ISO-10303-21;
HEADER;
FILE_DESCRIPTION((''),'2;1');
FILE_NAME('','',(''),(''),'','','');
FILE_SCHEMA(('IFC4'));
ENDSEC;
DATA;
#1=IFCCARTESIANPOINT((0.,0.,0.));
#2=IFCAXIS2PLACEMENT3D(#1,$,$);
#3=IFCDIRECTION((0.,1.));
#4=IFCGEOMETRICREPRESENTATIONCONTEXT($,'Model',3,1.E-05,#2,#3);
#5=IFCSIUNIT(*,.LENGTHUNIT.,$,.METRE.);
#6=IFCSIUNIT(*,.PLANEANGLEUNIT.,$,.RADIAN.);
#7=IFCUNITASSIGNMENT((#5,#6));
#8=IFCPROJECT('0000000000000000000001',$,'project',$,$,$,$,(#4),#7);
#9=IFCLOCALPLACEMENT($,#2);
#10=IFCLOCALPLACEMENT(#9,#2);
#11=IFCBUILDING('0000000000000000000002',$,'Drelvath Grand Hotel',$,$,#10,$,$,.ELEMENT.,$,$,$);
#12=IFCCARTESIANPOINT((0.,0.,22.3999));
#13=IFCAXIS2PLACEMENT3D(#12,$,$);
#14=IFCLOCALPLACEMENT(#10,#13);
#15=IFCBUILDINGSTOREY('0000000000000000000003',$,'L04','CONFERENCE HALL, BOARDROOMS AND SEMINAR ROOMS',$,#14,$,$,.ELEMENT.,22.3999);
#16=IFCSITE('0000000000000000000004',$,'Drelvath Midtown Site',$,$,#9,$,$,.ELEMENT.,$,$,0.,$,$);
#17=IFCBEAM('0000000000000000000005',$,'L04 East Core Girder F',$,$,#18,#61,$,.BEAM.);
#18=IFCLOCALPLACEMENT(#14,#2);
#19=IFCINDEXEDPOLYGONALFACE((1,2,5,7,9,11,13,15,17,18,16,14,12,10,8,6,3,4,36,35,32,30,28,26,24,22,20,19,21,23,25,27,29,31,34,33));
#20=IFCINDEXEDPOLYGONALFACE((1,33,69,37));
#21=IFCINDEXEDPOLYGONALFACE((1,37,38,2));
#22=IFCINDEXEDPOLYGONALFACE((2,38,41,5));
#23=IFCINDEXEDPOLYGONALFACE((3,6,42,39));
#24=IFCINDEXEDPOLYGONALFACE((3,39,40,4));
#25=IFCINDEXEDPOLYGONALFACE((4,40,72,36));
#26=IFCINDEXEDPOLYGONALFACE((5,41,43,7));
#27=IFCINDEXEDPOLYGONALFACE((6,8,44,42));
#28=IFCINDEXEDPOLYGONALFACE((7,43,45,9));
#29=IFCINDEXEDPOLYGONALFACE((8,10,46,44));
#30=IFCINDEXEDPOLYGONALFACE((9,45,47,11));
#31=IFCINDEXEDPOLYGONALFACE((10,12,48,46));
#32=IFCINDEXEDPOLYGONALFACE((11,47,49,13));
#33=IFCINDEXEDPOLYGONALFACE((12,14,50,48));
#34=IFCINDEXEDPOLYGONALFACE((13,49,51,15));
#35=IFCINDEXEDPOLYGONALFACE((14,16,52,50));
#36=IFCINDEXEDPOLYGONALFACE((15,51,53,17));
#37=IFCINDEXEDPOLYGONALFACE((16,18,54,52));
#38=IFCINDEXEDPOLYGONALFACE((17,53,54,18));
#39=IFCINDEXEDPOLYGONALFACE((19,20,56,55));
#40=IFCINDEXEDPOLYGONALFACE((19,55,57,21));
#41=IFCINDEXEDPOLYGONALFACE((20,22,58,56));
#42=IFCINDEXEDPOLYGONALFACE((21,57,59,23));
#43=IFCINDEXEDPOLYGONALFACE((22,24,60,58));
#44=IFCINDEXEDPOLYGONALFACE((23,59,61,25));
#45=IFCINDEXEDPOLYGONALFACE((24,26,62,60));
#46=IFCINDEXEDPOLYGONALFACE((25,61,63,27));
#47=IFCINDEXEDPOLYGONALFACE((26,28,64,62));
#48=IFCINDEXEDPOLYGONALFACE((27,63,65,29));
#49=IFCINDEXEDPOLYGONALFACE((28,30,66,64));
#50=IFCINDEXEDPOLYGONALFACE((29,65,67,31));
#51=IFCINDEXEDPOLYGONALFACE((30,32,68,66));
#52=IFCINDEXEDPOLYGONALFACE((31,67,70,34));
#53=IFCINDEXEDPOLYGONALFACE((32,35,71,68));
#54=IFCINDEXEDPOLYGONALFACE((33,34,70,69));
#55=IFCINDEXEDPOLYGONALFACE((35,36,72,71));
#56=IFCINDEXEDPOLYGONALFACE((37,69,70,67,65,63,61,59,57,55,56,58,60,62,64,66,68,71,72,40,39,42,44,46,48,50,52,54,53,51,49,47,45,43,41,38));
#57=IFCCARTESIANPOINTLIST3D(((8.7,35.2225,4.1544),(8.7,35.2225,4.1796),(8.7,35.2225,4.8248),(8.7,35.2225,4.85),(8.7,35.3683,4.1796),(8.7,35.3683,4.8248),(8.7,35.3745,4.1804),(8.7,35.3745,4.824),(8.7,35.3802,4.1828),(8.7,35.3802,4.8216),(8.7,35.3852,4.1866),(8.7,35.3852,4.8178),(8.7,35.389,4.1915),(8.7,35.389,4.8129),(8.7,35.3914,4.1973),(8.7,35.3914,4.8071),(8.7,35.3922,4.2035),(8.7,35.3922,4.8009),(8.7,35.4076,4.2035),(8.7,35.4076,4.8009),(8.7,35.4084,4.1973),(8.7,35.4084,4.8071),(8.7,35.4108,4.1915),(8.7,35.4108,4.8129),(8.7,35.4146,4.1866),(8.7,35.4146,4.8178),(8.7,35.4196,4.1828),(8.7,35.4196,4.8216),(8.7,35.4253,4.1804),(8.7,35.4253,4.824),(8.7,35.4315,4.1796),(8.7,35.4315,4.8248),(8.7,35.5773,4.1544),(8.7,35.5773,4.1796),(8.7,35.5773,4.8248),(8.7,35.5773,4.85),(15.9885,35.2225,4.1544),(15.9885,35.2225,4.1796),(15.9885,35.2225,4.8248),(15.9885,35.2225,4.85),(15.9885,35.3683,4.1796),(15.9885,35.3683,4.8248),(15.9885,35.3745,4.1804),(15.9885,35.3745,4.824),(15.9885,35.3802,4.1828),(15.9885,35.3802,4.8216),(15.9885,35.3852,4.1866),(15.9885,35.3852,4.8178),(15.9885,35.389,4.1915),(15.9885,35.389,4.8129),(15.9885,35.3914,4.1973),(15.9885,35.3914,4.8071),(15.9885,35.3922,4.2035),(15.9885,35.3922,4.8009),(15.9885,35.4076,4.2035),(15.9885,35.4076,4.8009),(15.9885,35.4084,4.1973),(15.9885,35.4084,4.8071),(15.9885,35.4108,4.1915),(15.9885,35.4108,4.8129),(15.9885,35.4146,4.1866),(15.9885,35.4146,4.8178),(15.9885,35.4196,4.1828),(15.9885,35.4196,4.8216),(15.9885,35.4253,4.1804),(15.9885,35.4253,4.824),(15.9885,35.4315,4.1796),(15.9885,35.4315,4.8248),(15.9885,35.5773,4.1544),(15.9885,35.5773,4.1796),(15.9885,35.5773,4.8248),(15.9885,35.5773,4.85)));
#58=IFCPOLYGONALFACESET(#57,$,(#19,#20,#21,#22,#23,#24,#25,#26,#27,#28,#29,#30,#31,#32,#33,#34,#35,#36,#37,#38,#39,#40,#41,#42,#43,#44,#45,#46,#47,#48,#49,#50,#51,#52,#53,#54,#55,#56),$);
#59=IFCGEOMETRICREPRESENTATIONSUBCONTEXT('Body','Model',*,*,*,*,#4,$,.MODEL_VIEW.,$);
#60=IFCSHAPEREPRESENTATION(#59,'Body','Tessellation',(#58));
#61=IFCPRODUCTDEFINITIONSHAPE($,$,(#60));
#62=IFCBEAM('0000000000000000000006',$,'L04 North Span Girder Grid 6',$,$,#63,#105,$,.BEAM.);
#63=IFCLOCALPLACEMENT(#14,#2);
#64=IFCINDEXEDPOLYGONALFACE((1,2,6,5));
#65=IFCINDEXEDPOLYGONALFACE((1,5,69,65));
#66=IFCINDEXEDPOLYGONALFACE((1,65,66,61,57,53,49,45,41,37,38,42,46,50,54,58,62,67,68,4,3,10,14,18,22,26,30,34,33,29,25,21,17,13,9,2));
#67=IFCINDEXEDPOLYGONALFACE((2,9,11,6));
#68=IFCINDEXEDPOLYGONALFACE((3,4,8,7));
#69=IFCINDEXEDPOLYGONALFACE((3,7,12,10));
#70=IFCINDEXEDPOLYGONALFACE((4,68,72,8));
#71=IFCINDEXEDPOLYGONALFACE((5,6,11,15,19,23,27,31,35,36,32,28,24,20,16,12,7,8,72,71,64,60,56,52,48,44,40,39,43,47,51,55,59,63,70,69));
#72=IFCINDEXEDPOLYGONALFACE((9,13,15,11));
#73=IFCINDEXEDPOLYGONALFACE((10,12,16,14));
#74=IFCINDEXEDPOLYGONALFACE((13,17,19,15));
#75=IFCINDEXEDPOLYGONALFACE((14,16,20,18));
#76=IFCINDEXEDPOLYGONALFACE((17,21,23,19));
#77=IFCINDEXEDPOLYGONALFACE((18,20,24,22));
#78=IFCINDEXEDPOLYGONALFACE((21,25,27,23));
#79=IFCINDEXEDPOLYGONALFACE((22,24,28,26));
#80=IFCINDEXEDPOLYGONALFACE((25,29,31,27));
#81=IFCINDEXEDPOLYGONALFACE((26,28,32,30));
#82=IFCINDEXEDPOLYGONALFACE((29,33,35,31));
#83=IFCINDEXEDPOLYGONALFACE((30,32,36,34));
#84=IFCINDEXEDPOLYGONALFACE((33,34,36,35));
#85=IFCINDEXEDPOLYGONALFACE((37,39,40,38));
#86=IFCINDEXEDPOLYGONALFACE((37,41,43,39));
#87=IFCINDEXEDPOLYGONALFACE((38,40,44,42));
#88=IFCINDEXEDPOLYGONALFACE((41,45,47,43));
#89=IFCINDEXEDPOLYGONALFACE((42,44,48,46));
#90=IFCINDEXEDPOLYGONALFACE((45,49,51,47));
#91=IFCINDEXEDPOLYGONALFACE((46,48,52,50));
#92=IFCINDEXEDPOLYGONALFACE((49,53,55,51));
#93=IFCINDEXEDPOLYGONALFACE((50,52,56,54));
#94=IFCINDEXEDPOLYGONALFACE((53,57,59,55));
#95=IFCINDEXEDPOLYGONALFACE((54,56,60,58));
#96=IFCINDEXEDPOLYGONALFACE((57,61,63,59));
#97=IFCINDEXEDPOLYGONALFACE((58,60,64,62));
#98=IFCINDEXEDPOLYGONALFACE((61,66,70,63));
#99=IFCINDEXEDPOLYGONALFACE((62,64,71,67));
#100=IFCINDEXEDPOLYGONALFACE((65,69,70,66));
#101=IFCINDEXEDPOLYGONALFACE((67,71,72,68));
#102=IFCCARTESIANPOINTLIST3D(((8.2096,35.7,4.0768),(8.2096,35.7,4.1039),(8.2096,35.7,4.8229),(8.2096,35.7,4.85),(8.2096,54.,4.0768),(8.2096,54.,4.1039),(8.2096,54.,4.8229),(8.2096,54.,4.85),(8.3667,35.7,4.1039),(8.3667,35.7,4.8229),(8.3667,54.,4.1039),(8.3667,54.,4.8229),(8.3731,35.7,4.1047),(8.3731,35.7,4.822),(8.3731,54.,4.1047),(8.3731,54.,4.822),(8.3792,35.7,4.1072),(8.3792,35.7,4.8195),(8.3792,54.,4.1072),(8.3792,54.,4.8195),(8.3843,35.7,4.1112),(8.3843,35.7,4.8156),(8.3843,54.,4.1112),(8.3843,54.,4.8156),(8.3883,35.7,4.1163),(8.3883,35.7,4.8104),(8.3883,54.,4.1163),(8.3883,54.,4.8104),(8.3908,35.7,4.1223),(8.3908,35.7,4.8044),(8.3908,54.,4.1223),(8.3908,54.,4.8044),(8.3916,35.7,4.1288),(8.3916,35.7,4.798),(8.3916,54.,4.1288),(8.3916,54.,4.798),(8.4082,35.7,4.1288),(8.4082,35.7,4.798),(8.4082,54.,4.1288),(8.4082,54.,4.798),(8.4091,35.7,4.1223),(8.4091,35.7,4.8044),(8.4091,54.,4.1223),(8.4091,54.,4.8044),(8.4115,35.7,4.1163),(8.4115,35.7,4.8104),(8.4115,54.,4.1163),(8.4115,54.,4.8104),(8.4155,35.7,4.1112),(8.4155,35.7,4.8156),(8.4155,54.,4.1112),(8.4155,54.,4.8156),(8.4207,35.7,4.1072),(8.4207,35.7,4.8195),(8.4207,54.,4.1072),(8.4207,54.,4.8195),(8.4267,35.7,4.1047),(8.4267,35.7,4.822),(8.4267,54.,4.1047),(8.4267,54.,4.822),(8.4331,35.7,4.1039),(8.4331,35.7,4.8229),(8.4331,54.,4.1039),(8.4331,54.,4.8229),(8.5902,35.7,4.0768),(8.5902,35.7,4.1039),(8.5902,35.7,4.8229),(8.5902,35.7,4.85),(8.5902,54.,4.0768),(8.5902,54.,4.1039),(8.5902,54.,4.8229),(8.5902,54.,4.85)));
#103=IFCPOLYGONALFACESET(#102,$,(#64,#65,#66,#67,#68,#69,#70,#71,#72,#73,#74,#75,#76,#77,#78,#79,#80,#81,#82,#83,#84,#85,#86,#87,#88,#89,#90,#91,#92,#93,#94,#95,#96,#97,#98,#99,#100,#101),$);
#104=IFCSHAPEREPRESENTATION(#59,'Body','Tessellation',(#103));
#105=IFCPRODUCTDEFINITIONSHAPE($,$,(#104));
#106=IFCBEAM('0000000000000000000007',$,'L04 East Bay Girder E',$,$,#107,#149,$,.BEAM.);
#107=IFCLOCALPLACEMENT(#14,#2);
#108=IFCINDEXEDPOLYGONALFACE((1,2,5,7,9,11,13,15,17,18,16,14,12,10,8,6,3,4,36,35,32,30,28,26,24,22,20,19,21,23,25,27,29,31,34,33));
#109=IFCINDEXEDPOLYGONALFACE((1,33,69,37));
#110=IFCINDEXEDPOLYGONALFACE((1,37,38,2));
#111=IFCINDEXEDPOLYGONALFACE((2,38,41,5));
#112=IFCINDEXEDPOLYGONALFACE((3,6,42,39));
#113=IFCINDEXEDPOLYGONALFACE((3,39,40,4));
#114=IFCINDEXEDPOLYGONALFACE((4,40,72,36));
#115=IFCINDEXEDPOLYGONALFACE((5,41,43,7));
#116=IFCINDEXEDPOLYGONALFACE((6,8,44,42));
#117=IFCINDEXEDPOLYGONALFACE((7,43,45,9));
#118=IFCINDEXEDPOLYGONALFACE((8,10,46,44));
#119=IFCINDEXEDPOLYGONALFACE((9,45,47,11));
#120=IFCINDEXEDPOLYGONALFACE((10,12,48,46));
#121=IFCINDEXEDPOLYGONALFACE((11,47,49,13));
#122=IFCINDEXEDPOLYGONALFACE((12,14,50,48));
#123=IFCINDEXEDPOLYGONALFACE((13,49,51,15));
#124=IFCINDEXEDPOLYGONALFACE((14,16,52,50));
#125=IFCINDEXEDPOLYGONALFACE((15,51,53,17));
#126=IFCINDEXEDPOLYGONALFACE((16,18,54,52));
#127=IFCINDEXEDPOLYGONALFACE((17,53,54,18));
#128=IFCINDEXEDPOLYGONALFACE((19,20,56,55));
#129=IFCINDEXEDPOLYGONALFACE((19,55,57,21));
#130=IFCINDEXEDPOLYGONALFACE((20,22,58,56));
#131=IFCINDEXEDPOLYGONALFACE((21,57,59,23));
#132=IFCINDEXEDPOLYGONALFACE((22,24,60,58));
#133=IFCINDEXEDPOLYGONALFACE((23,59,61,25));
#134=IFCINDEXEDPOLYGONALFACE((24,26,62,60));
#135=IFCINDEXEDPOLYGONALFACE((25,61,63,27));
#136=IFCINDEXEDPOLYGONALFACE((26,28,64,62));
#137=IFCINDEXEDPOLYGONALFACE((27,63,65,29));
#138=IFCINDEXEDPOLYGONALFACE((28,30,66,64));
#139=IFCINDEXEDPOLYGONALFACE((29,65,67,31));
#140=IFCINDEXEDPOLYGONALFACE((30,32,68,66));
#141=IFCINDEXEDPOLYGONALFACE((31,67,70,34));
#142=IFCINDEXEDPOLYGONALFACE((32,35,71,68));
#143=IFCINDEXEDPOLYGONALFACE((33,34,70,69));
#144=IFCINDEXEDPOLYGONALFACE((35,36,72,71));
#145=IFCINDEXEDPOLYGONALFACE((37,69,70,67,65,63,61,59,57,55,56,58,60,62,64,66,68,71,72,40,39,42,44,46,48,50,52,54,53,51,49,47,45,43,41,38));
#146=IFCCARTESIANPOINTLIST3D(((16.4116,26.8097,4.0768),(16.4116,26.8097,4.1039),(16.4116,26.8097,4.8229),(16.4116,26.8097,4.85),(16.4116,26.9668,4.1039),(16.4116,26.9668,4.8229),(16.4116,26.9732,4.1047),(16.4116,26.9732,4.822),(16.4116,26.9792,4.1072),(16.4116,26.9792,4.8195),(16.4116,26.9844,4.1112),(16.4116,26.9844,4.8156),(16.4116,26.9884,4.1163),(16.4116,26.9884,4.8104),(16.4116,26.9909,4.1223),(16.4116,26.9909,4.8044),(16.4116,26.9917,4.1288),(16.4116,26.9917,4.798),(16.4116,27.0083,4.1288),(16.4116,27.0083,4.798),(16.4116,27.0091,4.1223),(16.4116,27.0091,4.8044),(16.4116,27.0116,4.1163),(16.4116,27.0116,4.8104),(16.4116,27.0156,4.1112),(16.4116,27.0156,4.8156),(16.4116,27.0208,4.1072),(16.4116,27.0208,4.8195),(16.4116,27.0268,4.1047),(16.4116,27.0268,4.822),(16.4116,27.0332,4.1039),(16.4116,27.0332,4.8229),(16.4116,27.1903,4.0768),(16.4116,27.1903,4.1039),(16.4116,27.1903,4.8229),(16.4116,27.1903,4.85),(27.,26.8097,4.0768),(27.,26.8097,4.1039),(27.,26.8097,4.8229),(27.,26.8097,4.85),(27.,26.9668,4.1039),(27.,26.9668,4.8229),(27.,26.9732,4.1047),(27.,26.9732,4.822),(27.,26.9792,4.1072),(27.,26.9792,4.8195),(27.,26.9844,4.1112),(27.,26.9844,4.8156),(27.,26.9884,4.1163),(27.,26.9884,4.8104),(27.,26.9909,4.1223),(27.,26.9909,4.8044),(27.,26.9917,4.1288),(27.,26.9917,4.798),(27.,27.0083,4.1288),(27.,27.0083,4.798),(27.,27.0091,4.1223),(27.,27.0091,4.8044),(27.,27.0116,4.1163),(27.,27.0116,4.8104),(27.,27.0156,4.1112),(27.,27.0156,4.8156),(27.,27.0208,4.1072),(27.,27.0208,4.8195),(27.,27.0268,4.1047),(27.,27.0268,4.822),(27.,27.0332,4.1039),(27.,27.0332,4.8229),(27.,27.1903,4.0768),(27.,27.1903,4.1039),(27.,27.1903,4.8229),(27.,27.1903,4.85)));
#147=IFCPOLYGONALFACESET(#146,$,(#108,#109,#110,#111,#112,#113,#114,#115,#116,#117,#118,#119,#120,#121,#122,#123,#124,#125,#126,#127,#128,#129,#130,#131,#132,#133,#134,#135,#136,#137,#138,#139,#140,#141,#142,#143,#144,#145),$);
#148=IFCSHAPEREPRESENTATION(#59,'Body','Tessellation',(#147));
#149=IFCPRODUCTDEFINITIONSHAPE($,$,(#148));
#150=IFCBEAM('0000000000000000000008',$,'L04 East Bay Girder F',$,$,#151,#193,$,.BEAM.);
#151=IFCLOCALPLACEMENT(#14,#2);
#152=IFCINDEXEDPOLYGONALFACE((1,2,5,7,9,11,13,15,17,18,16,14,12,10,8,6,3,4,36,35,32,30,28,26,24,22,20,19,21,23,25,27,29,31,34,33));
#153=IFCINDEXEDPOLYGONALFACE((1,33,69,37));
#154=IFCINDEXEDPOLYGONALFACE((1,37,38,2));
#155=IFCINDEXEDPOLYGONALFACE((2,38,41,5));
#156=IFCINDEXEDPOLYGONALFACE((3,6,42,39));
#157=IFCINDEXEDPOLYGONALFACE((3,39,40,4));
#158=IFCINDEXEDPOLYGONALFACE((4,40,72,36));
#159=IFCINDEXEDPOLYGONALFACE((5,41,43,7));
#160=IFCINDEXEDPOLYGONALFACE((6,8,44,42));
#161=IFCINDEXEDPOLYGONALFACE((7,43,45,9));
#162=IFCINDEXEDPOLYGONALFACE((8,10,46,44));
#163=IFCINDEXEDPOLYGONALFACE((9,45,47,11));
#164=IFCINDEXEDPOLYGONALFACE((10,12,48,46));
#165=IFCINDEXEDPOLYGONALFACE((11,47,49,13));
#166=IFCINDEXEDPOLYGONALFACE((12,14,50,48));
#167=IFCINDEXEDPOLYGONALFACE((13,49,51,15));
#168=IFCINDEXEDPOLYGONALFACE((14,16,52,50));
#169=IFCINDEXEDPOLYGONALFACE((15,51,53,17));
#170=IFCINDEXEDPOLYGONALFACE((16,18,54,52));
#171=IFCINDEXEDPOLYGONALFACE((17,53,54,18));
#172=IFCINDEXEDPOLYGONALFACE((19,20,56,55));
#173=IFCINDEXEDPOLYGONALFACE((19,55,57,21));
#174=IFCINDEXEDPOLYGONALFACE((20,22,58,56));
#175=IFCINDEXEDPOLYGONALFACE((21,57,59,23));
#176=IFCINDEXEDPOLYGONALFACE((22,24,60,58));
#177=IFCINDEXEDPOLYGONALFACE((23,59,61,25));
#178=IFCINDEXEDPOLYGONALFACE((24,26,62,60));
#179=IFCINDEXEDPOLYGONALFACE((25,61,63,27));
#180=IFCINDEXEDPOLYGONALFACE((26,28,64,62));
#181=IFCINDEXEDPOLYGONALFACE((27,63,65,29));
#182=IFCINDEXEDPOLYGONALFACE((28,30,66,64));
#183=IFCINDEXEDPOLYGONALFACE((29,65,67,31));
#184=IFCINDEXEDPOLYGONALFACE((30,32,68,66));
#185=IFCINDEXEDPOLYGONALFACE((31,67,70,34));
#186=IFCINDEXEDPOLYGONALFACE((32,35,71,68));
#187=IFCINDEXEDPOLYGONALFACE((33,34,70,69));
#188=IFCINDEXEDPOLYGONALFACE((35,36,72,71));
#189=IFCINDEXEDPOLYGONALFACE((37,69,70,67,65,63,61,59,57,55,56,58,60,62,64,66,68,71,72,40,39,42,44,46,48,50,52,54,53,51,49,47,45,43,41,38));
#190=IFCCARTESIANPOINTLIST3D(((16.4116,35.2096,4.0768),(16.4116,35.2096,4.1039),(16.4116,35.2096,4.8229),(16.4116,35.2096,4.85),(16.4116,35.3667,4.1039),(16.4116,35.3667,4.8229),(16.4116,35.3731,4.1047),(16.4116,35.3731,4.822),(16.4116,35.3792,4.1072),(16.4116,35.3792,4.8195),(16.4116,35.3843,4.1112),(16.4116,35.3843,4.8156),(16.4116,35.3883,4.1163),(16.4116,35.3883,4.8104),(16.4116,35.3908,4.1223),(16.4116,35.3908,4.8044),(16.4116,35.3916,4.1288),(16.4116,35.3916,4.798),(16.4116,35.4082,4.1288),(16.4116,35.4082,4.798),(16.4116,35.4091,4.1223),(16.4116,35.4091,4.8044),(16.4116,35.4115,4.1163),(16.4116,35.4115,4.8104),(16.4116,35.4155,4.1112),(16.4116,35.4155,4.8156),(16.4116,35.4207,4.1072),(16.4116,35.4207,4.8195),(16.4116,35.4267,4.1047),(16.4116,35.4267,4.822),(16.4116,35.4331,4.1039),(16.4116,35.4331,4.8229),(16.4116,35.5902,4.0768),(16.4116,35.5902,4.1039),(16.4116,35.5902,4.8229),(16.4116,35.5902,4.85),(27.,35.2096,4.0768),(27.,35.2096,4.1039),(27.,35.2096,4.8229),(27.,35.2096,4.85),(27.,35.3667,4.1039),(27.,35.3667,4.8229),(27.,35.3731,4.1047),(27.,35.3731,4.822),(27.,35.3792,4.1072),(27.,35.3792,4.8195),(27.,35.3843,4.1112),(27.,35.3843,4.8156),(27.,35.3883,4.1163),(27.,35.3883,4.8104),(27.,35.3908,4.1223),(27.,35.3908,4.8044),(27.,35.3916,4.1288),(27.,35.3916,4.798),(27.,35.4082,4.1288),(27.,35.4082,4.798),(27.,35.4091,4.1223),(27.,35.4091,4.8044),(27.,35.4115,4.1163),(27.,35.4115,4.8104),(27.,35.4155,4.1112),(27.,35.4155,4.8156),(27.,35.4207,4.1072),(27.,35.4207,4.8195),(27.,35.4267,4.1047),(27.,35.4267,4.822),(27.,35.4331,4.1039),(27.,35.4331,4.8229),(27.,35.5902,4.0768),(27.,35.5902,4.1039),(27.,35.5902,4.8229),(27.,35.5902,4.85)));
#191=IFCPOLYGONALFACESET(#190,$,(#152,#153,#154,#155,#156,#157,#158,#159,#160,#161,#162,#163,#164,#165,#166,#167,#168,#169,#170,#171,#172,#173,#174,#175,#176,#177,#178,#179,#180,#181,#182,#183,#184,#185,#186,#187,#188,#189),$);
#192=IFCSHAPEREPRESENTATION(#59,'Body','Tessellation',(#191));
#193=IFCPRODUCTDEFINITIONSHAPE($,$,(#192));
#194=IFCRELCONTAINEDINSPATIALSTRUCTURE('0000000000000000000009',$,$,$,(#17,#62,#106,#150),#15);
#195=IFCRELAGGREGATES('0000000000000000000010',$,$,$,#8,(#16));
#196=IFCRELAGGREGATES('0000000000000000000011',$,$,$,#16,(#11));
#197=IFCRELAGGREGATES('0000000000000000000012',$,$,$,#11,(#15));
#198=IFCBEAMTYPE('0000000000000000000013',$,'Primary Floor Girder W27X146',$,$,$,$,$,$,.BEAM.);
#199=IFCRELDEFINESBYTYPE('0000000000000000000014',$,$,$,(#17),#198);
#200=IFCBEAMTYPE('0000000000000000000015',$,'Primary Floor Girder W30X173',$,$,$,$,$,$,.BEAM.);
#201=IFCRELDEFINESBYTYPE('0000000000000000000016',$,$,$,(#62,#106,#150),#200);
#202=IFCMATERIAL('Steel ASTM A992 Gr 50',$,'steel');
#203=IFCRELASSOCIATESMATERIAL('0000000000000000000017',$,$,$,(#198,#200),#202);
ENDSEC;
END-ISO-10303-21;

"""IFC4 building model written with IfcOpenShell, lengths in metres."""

from ifc_helpers import new_model, si_unit, direction, frame, origin, origin_2d, place, context, subcontext, project, spatial, i_section, extrude, material, material_profile, profile_set, type_object, element, save


model = new_model("IFC4")

# Units and contexts
model_context = context("Model", 3, precision=1e-05, world=origin(), true_north=direction((0.0, 1.0)))
body_context = subcontext(model_context, "Body", "Model", "MODEL_VIEW")
ifc_project = project(units=[si_unit("LENGTHUNIT", "METRE"), si_unit("PLANEANGLEUNIT", "RADIAN")], contexts=[model_context])

# Site, building, storey
site_placement = place(None, origin())
site = spatial("IfcSite", under=ifc_project, at=site_placement, Name="Drelvath Midtown Site", CompositionType="ELEMENT", RefElevation=0.0)
building_placement = place(site_placement, origin())
building = spatial("IfcBuilding", under=site, at=building_placement, Name="Drelvath Grand Hotel", CompositionType="ELEMENT")
storey_placement = place(building_placement, frame((0.0, 0.0, 22.3999)))
storey = spatial("IfcBuildingStorey", under=building, at=storey_placement, Name="L04", Description="CONFERENCE HALL, BOARDROOMS AND SEMINAR ROOMS", CompositionType="ELEMENT", Elevation=22.3999)

# Beams
ifc_material_1 = material(Name="Steel ASTM A992 Gr 50", Category="steel")
ifc_material_profile_1 = material_profile(ifc_material_1, i_section(OverallWidth=0.3547, OverallDepth=0.6956, WebThickness=0.0154, FlangeThickness=0.0251, FilletRadius=0.0239, at=origin_2d()), Name="W27X146")
ifc_profile_set_1 = profile_set([ifc_material_profile_1], Name="Steel ASTM A992 Gr 50")
beam_type_1 = type_object("IfcBeamType", Name="Primary Floor Girder W27X146", PredefinedType="BEAM", material=ifc_profile_set_1)
for number, where, z_axis, x_axis, name in (
    (1, (8.7, 35.3999, 4.5022), (1.0, 0.0, 0.0), (0.0, 1.0, 0.0), "L04 East Core Girder F"),
):
    element("IfcBeam", number, at=place(storey_placement, frame(where, z_axis=z_axis, x_axis=x_axis)), inside=storey, type_object=beam_type_1, Name=name, PredefinedType="BEAM", context=body_context, shape_type="SweptSolid", body=[
        extrude(i_section(OverallWidth=0.3547, OverallDepth=0.6956, WebThickness=0.0154, FlangeThickness=0.0251, FilletRadius=0.0239, at=origin_2d()), origin(), (0.0, 0.0, 1.0), 7.2886),
    ])
ifc_material_profile_2 = material_profile(ifc_material_1, i_section(OverallWidth=0.3806, OverallDepth=0.7732, WebThickness=0.0166, FlangeThickness=0.0271, FilletRadius=0.0249, at=origin_2d()), Name="W30X173")
ifc_profile_set_2 = profile_set([ifc_material_profile_2], Name="Steel ASTM A992 Gr 50")
beam_type_2 = type_object("IfcBeamType", Name="Primary Floor Girder W30X173", PredefinedType="BEAM", material=ifc_profile_set_2)
beam_1_placement = place(storey_placement, frame((8.3999, 35.7, 4.4634), z_axis=(0.0, 1.0, 0.0), x_axis=(-1.0, 0.0, 0.0)))
element("IfcBeam", 2, at=beam_1_placement, inside=storey, type_object=beam_type_2, Name="L04 North Span Girder Grid 6", PredefinedType="BEAM", context=body_context, shape_type="SweptSolid", body=[
    extrude(i_section(OverallWidth=0.3806, OverallDepth=0.7732, WebThickness=0.0166, FlangeThickness=0.0271, FilletRadius=0.0249, at=origin_2d()), origin(), (0.0, 0.0, 1.0), 18.3),
])
for number, where, z_axis, x_axis, name in (
    (3, (16.4116, 27.0, 4.4634), (1.0, 0.0, 0.0), (0.0, 1.0, 0.0), "L04 East Bay Girder E"),
    (4, (16.4116, 35.3999, 4.4634), (1.0, 0.0, 0.0), (0.0, 1.0, 0.0), "L04 East Bay Girder F"),
):
    element("IfcBeam", number, at=place(storey_placement, frame(where, z_axis=z_axis, x_axis=x_axis)), inside=storey, type_object=beam_type_2, Name=name, PredefinedType="BEAM", context=body_context, shape_type="SweptSolid", body=[
        extrude(i_section(OverallWidth=0.3806, OverallDepth=0.7732, WebThickness=0.0166, FlangeThickness=0.0271, FilletRadius=0.0249, at=origin_2d()), origin(), (0.0, 0.0, 1.0), 10.5884),
    ])

save(model, "model.ifc")
